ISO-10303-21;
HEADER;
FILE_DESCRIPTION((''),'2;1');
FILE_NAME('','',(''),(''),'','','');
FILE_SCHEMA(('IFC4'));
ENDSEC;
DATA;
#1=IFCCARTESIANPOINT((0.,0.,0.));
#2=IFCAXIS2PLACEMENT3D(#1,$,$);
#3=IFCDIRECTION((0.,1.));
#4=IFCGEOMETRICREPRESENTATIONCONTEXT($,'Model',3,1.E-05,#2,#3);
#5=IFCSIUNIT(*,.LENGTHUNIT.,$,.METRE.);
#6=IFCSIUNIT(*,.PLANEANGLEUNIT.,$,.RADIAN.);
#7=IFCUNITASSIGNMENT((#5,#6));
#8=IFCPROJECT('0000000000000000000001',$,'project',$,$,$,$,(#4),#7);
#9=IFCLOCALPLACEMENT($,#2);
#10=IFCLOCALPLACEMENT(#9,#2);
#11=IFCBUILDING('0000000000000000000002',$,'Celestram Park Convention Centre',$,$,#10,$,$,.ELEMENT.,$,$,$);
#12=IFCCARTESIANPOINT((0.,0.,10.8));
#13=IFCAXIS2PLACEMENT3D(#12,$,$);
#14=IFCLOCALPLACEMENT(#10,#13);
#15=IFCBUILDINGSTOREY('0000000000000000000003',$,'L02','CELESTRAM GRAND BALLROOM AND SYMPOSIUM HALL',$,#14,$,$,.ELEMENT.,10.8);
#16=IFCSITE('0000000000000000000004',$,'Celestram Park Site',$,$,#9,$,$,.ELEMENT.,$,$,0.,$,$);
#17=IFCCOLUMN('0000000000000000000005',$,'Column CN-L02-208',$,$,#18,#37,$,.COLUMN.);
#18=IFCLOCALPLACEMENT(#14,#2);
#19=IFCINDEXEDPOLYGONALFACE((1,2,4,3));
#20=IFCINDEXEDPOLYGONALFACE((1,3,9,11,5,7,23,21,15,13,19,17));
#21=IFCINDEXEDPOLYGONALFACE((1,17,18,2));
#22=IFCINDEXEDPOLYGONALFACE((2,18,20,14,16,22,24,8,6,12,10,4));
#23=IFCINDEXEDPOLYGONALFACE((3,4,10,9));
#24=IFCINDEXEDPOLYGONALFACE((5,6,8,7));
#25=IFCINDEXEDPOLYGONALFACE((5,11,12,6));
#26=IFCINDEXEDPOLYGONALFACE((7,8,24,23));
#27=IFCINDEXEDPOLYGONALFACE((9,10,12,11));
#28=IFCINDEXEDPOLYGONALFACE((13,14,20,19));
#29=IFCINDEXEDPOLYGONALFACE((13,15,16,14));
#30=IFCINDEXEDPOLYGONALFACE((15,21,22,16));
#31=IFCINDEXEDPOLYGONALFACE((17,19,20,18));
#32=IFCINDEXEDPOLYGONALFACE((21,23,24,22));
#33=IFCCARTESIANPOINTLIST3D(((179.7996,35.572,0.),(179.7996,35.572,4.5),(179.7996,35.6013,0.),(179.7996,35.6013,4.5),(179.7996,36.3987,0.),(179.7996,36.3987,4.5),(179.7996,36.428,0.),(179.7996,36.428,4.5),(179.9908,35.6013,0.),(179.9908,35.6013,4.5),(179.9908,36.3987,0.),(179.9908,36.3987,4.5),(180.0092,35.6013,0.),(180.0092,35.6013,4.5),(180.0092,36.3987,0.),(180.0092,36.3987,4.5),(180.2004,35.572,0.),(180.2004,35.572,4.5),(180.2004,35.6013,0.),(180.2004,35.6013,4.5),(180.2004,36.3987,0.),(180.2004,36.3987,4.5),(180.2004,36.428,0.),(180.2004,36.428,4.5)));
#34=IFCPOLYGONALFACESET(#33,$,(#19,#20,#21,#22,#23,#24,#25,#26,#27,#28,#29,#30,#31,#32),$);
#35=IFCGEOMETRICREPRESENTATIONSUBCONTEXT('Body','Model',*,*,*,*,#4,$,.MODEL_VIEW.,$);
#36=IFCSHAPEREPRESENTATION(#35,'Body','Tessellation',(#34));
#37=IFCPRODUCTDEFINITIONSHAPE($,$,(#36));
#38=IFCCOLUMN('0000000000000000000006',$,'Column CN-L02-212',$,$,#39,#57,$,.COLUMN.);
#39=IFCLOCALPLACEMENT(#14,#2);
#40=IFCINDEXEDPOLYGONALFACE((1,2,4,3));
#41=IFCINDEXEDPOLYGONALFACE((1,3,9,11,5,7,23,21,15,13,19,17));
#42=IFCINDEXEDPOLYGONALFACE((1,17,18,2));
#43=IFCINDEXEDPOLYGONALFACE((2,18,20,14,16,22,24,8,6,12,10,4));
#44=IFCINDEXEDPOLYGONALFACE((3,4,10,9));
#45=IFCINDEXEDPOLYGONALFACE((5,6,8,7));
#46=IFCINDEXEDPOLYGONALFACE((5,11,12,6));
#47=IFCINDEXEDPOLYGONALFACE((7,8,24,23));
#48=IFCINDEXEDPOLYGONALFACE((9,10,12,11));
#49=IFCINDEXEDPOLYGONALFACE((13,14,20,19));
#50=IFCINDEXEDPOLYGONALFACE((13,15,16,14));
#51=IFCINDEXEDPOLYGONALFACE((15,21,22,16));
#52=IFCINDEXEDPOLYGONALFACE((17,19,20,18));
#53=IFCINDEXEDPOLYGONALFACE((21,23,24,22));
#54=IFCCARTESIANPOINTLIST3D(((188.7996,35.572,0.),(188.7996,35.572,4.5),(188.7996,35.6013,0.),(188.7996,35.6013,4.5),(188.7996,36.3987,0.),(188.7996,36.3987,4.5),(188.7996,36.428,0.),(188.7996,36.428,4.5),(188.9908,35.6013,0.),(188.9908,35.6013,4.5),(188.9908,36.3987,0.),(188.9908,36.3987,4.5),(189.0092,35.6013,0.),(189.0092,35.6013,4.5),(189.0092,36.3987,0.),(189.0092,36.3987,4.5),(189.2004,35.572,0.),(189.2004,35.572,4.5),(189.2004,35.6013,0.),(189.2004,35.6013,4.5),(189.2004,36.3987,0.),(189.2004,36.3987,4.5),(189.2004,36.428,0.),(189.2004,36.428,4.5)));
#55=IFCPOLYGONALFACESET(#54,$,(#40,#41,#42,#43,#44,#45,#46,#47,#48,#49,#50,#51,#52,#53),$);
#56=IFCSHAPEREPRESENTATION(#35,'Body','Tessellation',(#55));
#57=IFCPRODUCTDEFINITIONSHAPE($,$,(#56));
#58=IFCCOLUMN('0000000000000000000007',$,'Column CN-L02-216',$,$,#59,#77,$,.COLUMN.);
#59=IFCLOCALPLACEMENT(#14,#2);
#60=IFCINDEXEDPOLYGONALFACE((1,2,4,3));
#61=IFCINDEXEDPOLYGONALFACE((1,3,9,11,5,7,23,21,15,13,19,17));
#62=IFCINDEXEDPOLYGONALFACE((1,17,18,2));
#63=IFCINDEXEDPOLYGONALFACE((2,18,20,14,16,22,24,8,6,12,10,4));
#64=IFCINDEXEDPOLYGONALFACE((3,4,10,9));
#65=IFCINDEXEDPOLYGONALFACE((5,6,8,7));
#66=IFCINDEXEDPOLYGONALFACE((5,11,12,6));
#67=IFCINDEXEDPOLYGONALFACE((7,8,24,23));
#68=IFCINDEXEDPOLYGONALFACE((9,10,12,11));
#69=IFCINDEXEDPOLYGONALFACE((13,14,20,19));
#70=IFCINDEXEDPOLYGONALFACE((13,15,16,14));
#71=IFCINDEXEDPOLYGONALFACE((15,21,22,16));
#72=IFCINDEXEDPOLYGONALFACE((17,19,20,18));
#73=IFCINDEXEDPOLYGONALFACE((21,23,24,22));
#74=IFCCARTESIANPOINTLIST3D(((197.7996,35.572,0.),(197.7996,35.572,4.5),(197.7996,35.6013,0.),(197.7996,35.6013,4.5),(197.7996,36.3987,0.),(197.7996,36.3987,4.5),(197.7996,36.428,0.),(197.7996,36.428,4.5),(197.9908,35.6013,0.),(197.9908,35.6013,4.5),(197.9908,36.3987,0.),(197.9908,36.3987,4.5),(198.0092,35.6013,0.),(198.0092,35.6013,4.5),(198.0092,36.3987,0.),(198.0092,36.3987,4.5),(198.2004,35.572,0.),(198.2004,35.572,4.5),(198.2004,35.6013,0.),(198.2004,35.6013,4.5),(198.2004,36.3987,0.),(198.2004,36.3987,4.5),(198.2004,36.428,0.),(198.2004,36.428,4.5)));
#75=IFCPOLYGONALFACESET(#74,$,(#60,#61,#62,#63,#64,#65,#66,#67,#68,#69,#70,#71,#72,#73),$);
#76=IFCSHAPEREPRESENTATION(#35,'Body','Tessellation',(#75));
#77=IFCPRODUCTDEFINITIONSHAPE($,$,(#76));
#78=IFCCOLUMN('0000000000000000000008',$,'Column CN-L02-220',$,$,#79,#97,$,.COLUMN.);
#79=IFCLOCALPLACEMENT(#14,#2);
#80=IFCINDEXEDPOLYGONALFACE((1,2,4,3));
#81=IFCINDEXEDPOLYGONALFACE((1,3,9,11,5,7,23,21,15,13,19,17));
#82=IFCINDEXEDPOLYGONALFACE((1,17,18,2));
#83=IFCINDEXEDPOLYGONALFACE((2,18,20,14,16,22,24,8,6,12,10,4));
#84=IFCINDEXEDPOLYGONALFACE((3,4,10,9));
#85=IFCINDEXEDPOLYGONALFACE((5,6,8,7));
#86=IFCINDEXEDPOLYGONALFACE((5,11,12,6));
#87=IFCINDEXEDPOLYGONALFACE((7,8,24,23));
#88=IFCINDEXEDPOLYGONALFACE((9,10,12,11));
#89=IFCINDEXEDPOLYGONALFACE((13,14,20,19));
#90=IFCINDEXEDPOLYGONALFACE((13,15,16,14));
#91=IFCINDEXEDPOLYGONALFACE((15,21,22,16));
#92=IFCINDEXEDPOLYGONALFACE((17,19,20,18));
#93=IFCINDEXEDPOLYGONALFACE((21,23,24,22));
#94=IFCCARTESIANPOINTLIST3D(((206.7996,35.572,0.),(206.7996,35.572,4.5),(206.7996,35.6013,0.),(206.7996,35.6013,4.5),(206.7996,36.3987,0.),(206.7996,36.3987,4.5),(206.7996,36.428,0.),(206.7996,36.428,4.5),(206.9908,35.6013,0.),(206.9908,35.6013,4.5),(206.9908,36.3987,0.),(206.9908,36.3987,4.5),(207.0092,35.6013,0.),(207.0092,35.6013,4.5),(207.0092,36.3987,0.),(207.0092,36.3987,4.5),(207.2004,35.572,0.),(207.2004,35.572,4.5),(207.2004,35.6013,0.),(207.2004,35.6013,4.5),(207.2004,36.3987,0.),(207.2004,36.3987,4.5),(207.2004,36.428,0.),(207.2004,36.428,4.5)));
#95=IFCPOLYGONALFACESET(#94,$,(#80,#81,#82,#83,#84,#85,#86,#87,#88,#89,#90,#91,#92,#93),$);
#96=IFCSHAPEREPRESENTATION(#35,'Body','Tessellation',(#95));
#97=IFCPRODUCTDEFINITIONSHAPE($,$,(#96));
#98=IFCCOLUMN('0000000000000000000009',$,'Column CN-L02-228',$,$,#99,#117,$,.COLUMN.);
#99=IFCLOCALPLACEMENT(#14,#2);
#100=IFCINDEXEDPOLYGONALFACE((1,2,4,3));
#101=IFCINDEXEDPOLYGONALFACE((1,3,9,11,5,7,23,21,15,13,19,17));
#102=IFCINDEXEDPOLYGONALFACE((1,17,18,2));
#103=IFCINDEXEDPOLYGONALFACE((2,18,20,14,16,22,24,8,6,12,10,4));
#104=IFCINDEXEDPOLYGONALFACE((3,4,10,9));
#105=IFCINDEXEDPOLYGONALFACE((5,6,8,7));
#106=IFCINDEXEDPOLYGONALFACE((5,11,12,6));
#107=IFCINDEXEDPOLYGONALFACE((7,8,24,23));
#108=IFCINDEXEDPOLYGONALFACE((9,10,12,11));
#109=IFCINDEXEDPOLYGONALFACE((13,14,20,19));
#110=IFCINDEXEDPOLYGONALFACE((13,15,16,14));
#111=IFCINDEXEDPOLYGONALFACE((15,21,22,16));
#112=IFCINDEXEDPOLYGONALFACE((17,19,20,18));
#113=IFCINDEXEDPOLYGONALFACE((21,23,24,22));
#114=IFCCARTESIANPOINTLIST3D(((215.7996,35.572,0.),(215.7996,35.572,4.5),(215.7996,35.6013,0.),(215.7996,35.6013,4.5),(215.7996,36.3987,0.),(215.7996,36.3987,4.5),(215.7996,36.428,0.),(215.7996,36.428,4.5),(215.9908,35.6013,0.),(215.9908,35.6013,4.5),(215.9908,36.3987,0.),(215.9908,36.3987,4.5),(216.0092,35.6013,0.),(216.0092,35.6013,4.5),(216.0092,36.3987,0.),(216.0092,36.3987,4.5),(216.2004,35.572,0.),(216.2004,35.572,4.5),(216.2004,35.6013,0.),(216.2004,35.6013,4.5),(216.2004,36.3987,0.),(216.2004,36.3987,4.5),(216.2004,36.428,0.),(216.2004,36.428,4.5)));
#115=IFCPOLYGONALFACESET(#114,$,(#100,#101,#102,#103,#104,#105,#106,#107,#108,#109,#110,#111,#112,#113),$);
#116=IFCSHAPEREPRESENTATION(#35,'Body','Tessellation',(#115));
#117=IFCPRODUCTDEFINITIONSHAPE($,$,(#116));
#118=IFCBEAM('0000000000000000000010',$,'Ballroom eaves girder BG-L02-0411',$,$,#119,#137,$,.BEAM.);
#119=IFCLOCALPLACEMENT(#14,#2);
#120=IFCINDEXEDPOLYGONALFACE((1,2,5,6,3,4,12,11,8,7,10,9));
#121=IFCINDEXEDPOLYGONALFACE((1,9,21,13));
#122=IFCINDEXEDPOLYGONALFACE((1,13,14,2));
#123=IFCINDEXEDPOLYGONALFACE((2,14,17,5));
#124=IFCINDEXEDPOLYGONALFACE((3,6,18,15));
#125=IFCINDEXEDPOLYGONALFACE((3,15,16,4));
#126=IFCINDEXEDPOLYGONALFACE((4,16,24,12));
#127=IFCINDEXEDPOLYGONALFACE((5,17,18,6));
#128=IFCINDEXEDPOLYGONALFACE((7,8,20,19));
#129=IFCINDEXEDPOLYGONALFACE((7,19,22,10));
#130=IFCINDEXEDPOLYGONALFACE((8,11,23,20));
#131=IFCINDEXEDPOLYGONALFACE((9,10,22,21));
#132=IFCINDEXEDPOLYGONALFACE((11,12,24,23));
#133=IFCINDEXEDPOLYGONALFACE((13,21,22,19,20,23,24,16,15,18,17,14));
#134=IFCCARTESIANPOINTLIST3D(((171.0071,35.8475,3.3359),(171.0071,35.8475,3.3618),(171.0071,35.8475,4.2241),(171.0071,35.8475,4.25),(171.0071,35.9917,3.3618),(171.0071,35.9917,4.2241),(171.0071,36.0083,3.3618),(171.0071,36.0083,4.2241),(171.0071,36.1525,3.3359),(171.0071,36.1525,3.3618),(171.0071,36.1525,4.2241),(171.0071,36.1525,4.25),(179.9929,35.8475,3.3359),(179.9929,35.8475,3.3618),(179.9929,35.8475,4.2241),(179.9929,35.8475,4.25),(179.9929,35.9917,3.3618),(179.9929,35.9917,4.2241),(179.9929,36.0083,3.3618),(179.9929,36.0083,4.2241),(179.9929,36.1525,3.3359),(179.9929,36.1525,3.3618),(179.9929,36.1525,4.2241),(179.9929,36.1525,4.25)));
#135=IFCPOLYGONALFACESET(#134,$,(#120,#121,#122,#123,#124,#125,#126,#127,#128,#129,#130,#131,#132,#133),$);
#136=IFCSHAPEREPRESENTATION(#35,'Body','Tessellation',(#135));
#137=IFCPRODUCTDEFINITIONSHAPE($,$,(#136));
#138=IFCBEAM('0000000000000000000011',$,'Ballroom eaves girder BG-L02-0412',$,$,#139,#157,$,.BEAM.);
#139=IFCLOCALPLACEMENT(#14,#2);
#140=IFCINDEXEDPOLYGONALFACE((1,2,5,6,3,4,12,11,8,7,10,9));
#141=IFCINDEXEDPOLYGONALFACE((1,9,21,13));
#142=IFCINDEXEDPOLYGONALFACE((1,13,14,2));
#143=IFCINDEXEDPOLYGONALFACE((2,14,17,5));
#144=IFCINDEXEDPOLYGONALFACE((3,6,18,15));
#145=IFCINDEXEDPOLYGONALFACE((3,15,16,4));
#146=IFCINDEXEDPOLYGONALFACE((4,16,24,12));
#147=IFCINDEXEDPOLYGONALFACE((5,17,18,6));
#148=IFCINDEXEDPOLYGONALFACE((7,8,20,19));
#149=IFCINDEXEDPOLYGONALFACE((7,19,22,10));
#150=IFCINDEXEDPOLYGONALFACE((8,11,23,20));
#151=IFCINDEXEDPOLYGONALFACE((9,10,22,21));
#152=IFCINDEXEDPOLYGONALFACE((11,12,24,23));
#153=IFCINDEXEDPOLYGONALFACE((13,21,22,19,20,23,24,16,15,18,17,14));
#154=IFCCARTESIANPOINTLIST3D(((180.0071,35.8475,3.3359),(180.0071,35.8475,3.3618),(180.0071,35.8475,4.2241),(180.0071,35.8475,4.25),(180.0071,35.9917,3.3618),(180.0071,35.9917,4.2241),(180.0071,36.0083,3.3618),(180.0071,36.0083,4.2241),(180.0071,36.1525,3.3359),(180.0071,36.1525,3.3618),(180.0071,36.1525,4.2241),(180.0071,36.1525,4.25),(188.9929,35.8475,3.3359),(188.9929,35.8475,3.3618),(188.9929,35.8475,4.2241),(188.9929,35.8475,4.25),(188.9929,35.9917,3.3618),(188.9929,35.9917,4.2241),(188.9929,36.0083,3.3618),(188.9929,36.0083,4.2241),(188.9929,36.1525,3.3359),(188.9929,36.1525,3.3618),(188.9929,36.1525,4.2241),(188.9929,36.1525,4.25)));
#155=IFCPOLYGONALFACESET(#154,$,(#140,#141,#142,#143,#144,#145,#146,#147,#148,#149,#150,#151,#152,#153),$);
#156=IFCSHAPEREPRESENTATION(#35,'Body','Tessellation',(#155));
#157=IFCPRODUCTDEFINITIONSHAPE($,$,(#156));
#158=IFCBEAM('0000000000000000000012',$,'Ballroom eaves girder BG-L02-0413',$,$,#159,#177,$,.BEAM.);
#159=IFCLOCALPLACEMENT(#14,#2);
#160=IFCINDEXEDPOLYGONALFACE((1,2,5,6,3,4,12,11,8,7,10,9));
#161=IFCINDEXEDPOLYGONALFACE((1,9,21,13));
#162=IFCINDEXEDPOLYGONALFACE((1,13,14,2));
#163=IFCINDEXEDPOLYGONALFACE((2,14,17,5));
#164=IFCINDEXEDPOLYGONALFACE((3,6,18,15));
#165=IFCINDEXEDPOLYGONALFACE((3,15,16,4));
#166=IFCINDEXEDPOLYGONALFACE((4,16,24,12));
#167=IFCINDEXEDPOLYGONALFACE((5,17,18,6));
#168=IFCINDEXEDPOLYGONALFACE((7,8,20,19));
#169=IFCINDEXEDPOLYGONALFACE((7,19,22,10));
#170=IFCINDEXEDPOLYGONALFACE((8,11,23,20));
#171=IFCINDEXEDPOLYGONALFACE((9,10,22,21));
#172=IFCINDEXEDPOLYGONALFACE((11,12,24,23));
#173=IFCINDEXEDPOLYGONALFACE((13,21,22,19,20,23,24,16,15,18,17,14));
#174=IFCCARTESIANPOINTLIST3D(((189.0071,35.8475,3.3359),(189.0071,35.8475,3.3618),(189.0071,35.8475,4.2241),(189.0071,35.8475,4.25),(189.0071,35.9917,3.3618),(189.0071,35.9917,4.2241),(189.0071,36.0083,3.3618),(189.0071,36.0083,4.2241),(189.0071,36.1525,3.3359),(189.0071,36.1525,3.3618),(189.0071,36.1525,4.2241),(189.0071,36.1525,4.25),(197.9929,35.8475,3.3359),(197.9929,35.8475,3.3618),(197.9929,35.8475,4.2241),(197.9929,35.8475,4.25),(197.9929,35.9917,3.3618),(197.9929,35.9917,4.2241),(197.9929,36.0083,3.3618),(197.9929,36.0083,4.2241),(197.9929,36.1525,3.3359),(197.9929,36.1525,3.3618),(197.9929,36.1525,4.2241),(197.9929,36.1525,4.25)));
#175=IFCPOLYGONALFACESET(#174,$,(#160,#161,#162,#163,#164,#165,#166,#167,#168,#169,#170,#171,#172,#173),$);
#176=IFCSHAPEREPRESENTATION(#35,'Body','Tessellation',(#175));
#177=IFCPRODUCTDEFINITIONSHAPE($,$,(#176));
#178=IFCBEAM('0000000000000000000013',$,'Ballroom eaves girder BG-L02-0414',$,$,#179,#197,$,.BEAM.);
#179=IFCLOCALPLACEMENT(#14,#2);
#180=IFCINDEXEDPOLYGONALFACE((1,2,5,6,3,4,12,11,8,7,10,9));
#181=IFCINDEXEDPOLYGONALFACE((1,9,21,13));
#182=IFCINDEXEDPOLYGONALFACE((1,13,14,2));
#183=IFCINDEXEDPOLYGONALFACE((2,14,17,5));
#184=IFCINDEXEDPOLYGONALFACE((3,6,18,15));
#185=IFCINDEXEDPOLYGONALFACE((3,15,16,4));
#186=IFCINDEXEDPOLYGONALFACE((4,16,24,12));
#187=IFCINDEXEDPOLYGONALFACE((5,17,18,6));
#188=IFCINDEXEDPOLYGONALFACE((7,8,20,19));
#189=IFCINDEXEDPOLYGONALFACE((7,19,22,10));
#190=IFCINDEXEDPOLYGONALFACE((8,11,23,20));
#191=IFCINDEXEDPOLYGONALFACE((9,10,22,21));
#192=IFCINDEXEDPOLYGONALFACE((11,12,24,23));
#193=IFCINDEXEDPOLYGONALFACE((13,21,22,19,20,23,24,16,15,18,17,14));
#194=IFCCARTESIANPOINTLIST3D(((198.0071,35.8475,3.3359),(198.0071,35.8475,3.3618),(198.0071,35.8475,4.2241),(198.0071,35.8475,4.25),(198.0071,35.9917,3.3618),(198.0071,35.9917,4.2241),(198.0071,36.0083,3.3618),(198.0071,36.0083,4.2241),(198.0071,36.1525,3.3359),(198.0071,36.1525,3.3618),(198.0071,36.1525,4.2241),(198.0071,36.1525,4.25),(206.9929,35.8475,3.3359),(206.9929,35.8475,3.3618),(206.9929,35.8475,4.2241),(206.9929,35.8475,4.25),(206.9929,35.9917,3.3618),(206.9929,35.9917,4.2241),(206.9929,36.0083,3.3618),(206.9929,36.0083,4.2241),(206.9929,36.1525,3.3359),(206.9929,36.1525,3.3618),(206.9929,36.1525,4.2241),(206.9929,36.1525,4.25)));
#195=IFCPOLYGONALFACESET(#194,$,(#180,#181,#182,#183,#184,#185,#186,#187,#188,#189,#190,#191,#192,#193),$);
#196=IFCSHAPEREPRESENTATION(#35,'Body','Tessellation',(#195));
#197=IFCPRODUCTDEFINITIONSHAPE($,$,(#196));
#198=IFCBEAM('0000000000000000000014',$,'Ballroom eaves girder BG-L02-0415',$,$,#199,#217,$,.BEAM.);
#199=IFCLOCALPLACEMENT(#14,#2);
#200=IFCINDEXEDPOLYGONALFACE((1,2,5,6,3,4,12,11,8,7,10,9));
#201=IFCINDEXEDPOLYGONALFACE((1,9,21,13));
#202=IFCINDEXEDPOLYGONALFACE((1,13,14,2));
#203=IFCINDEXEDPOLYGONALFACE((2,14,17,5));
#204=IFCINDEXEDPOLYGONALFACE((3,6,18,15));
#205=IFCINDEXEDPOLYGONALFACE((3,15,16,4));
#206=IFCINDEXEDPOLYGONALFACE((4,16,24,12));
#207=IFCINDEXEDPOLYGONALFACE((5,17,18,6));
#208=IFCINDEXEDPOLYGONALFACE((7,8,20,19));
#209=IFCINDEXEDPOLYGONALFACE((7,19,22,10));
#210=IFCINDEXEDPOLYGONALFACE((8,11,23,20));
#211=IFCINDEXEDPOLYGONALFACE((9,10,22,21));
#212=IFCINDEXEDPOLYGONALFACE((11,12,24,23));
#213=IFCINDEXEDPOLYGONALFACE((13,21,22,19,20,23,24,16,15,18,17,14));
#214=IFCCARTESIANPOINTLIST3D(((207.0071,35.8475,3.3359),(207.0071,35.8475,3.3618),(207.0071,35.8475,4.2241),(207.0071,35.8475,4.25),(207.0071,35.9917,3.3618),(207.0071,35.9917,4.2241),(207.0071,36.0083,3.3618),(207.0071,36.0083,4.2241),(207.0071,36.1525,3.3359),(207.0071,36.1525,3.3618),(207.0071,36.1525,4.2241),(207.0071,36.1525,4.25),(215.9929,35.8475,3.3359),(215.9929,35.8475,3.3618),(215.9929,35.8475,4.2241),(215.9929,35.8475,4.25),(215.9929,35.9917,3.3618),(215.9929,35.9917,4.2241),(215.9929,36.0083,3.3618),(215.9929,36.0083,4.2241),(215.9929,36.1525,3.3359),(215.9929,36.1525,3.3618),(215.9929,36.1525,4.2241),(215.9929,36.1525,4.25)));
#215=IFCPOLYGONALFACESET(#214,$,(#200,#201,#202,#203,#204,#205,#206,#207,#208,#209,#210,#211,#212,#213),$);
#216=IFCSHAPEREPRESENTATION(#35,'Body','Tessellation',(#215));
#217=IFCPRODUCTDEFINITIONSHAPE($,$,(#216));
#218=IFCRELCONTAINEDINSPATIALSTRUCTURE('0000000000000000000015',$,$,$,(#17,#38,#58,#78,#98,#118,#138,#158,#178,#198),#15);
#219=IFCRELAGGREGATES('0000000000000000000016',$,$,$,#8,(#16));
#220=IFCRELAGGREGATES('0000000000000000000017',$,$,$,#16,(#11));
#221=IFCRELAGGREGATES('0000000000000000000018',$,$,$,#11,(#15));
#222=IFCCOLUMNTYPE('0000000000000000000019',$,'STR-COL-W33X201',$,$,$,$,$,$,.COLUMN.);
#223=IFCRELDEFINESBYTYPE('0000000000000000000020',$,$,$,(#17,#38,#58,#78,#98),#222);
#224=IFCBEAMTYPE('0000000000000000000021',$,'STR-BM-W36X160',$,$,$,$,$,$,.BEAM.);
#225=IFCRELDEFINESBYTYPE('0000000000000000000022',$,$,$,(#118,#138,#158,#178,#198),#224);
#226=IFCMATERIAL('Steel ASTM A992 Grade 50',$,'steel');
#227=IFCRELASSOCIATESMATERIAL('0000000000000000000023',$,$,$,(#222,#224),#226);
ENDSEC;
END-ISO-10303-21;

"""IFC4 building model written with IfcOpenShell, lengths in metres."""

from ifc_helpers import new_model, si_unit, direction, frame, origin, origin_2d, place, context, subcontext, project, spatial, i_section, extrude, material, material_profile, profile_set, type_object, element, save


model = new_model("IFC4")

# Units and contexts
model_context = context("Model", 3, precision=1e-05, world=origin(), true_north=direction((0.0, 1.0)))
body_context = subcontext(model_context, "Body", "Model", "MODEL_VIEW")
ifc_project = project(units=[si_unit("LENGTHUNIT", "METRE"), si_unit("PLANEANGLEUNIT", "RADIAN")], contexts=[model_context])

# Site, building, storey
site_placement = place(None, origin())
site = spatial("IfcSite", under=ifc_project, at=site_placement, Name="Celestram Park Site", CompositionType="ELEMENT", RefElevation=0.0)
building_placement = place(site_placement, origin())
building = spatial("IfcBuilding", under=site, at=building_placement, Name="Celestram Park Convention Centre", CompositionType="ELEMENT")
storey_placement = place(building_placement, frame((0.0, 0.0, 10.8)))
storey = spatial("IfcBuildingStorey", under=building, at=storey_placement, Name="L02", Description="CELESTRAM GRAND BALLROOM AND SYMPOSIUM HALL", CompositionType="ELEMENT", Elevation=10.8)

# Columns
ifc_material_1 = material(Name="Steel ASTM A992 Grade 50", Category="steel")
ifc_material_profile_1 = material_profile(ifc_material_1, i_section(OverallWidth=0.4009, OverallDepth=0.856, WebThickness=0.0183, FlangeThickness=0.0293, at=origin_2d()), Name="W33X201")
ifc_profile_set_1 = profile_set([ifc_material_profile_1], Name="Steel ASTM A992 Grade 50")
column_type = type_object("IfcColumnType", Name="STR-COL-W33X201", PredefinedType="COLUMN", material=ifc_profile_set_1)
for number, where, z_axis, x_axis, name in (
    (1, (180.0, 36.0, 0.0), (0.0, 0.0, 1.0), (1.0, 0.0, 0.0), "Column CN-L02-208"),
    (2, (189.0, 36.0, 0.0), (0.0, 0.0, 1.0), (1.0, 0.0, 0.0), "Column CN-L02-212"),
    (3, (198.0, 36.0, 0.0), (0.0, 0.0, 1.0), (1.0, 0.0, 0.0), "Column CN-L02-216"),
    (4, (207.0, 36.0, 0.0), (0.0, 0.0, 1.0), (1.0, 0.0, 0.0), "Column CN-L02-220"),
    (5, (216.0, 36.0, 0.0), (0.0, 0.0, 1.0), (1.0, 0.0, 0.0), "Column CN-L02-228"),
):
    element("IfcColumn", number, at=place(storey_placement, frame(where, z_axis=z_axis, x_axis=x_axis)), inside=storey, type_object=column_type, Name=name, PredefinedType="COLUMN", context=body_context, shape_type="SweptSolid", body=[
        extrude(i_section(OverallWidth=0.4009, OverallDepth=0.856, WebThickness=0.0183, FlangeThickness=0.0293, at=origin_2d()), origin(), (0.0, 0.0, 1.0), 4.5),
    ])

# Beams
ifc_material_profile_2 = material_profile(ifc_material_1, i_section(OverallWidth=0.3049, OverallDepth=0.9141, WebThickness=0.0166, FlangeThickness=0.0259, at=origin_2d()), Name="W36X160")
ifc_profile_set_2 = profile_set([ifc_material_profile_2], Name="Steel ASTM A992 Grade 50")
beam_type_1 = type_object("IfcBeamType", Name="STR-BM-W36X160", PredefinedType="BEAM", material=ifc_profile_set_2)
for number, where, z_axis, x_axis, name in (
    (6, (171.0071, 36.0, 3.793), (1.0, 0.0, 0.0), (0.0, 1.0, 0.0), "Ballroom eaves girder BG-L02-0411"),
    (7, (180.0071, 36.0, 3.793), (1.0, 0.0, 0.0), (0.0, 1.0, 0.0), "Ballroom eaves girder BG-L02-0412"),
    (8, (189.0071, 36.0, 3.793), (1.0, 0.0, 0.0), (0.0, 1.0, 0.0), "Ballroom eaves girder BG-L02-0413"),
    (9, (198.0071, 36.0, 3.793), (1.0, 0.0, 0.0), (0.0, 1.0, 0.0), "Ballroom eaves girder BG-L02-0414"),
    (10, (207.0071, 36.0, 3.793), (1.0, 0.0, 0.0), (0.0, 1.0, 0.0), "Ballroom eaves girder BG-L02-0415"),
):
    element("IfcBeam", number, at=place(storey_placement, frame(where, z_axis=z_axis, x_axis=x_axis)), inside=storey, type_object=beam_type_1, Name=name, PredefinedType="BEAM", context=body_context, shape_type="SweptSolid", body=[
        extrude(i_section(OverallWidth=0.3049, OverallDepth=0.9141, WebThickness=0.0166, FlangeThickness=0.0259, at=origin_2d()), origin(), (0.0, 0.0, 1.0), 8.9858),
    ])

save(model, "model.ifc")
